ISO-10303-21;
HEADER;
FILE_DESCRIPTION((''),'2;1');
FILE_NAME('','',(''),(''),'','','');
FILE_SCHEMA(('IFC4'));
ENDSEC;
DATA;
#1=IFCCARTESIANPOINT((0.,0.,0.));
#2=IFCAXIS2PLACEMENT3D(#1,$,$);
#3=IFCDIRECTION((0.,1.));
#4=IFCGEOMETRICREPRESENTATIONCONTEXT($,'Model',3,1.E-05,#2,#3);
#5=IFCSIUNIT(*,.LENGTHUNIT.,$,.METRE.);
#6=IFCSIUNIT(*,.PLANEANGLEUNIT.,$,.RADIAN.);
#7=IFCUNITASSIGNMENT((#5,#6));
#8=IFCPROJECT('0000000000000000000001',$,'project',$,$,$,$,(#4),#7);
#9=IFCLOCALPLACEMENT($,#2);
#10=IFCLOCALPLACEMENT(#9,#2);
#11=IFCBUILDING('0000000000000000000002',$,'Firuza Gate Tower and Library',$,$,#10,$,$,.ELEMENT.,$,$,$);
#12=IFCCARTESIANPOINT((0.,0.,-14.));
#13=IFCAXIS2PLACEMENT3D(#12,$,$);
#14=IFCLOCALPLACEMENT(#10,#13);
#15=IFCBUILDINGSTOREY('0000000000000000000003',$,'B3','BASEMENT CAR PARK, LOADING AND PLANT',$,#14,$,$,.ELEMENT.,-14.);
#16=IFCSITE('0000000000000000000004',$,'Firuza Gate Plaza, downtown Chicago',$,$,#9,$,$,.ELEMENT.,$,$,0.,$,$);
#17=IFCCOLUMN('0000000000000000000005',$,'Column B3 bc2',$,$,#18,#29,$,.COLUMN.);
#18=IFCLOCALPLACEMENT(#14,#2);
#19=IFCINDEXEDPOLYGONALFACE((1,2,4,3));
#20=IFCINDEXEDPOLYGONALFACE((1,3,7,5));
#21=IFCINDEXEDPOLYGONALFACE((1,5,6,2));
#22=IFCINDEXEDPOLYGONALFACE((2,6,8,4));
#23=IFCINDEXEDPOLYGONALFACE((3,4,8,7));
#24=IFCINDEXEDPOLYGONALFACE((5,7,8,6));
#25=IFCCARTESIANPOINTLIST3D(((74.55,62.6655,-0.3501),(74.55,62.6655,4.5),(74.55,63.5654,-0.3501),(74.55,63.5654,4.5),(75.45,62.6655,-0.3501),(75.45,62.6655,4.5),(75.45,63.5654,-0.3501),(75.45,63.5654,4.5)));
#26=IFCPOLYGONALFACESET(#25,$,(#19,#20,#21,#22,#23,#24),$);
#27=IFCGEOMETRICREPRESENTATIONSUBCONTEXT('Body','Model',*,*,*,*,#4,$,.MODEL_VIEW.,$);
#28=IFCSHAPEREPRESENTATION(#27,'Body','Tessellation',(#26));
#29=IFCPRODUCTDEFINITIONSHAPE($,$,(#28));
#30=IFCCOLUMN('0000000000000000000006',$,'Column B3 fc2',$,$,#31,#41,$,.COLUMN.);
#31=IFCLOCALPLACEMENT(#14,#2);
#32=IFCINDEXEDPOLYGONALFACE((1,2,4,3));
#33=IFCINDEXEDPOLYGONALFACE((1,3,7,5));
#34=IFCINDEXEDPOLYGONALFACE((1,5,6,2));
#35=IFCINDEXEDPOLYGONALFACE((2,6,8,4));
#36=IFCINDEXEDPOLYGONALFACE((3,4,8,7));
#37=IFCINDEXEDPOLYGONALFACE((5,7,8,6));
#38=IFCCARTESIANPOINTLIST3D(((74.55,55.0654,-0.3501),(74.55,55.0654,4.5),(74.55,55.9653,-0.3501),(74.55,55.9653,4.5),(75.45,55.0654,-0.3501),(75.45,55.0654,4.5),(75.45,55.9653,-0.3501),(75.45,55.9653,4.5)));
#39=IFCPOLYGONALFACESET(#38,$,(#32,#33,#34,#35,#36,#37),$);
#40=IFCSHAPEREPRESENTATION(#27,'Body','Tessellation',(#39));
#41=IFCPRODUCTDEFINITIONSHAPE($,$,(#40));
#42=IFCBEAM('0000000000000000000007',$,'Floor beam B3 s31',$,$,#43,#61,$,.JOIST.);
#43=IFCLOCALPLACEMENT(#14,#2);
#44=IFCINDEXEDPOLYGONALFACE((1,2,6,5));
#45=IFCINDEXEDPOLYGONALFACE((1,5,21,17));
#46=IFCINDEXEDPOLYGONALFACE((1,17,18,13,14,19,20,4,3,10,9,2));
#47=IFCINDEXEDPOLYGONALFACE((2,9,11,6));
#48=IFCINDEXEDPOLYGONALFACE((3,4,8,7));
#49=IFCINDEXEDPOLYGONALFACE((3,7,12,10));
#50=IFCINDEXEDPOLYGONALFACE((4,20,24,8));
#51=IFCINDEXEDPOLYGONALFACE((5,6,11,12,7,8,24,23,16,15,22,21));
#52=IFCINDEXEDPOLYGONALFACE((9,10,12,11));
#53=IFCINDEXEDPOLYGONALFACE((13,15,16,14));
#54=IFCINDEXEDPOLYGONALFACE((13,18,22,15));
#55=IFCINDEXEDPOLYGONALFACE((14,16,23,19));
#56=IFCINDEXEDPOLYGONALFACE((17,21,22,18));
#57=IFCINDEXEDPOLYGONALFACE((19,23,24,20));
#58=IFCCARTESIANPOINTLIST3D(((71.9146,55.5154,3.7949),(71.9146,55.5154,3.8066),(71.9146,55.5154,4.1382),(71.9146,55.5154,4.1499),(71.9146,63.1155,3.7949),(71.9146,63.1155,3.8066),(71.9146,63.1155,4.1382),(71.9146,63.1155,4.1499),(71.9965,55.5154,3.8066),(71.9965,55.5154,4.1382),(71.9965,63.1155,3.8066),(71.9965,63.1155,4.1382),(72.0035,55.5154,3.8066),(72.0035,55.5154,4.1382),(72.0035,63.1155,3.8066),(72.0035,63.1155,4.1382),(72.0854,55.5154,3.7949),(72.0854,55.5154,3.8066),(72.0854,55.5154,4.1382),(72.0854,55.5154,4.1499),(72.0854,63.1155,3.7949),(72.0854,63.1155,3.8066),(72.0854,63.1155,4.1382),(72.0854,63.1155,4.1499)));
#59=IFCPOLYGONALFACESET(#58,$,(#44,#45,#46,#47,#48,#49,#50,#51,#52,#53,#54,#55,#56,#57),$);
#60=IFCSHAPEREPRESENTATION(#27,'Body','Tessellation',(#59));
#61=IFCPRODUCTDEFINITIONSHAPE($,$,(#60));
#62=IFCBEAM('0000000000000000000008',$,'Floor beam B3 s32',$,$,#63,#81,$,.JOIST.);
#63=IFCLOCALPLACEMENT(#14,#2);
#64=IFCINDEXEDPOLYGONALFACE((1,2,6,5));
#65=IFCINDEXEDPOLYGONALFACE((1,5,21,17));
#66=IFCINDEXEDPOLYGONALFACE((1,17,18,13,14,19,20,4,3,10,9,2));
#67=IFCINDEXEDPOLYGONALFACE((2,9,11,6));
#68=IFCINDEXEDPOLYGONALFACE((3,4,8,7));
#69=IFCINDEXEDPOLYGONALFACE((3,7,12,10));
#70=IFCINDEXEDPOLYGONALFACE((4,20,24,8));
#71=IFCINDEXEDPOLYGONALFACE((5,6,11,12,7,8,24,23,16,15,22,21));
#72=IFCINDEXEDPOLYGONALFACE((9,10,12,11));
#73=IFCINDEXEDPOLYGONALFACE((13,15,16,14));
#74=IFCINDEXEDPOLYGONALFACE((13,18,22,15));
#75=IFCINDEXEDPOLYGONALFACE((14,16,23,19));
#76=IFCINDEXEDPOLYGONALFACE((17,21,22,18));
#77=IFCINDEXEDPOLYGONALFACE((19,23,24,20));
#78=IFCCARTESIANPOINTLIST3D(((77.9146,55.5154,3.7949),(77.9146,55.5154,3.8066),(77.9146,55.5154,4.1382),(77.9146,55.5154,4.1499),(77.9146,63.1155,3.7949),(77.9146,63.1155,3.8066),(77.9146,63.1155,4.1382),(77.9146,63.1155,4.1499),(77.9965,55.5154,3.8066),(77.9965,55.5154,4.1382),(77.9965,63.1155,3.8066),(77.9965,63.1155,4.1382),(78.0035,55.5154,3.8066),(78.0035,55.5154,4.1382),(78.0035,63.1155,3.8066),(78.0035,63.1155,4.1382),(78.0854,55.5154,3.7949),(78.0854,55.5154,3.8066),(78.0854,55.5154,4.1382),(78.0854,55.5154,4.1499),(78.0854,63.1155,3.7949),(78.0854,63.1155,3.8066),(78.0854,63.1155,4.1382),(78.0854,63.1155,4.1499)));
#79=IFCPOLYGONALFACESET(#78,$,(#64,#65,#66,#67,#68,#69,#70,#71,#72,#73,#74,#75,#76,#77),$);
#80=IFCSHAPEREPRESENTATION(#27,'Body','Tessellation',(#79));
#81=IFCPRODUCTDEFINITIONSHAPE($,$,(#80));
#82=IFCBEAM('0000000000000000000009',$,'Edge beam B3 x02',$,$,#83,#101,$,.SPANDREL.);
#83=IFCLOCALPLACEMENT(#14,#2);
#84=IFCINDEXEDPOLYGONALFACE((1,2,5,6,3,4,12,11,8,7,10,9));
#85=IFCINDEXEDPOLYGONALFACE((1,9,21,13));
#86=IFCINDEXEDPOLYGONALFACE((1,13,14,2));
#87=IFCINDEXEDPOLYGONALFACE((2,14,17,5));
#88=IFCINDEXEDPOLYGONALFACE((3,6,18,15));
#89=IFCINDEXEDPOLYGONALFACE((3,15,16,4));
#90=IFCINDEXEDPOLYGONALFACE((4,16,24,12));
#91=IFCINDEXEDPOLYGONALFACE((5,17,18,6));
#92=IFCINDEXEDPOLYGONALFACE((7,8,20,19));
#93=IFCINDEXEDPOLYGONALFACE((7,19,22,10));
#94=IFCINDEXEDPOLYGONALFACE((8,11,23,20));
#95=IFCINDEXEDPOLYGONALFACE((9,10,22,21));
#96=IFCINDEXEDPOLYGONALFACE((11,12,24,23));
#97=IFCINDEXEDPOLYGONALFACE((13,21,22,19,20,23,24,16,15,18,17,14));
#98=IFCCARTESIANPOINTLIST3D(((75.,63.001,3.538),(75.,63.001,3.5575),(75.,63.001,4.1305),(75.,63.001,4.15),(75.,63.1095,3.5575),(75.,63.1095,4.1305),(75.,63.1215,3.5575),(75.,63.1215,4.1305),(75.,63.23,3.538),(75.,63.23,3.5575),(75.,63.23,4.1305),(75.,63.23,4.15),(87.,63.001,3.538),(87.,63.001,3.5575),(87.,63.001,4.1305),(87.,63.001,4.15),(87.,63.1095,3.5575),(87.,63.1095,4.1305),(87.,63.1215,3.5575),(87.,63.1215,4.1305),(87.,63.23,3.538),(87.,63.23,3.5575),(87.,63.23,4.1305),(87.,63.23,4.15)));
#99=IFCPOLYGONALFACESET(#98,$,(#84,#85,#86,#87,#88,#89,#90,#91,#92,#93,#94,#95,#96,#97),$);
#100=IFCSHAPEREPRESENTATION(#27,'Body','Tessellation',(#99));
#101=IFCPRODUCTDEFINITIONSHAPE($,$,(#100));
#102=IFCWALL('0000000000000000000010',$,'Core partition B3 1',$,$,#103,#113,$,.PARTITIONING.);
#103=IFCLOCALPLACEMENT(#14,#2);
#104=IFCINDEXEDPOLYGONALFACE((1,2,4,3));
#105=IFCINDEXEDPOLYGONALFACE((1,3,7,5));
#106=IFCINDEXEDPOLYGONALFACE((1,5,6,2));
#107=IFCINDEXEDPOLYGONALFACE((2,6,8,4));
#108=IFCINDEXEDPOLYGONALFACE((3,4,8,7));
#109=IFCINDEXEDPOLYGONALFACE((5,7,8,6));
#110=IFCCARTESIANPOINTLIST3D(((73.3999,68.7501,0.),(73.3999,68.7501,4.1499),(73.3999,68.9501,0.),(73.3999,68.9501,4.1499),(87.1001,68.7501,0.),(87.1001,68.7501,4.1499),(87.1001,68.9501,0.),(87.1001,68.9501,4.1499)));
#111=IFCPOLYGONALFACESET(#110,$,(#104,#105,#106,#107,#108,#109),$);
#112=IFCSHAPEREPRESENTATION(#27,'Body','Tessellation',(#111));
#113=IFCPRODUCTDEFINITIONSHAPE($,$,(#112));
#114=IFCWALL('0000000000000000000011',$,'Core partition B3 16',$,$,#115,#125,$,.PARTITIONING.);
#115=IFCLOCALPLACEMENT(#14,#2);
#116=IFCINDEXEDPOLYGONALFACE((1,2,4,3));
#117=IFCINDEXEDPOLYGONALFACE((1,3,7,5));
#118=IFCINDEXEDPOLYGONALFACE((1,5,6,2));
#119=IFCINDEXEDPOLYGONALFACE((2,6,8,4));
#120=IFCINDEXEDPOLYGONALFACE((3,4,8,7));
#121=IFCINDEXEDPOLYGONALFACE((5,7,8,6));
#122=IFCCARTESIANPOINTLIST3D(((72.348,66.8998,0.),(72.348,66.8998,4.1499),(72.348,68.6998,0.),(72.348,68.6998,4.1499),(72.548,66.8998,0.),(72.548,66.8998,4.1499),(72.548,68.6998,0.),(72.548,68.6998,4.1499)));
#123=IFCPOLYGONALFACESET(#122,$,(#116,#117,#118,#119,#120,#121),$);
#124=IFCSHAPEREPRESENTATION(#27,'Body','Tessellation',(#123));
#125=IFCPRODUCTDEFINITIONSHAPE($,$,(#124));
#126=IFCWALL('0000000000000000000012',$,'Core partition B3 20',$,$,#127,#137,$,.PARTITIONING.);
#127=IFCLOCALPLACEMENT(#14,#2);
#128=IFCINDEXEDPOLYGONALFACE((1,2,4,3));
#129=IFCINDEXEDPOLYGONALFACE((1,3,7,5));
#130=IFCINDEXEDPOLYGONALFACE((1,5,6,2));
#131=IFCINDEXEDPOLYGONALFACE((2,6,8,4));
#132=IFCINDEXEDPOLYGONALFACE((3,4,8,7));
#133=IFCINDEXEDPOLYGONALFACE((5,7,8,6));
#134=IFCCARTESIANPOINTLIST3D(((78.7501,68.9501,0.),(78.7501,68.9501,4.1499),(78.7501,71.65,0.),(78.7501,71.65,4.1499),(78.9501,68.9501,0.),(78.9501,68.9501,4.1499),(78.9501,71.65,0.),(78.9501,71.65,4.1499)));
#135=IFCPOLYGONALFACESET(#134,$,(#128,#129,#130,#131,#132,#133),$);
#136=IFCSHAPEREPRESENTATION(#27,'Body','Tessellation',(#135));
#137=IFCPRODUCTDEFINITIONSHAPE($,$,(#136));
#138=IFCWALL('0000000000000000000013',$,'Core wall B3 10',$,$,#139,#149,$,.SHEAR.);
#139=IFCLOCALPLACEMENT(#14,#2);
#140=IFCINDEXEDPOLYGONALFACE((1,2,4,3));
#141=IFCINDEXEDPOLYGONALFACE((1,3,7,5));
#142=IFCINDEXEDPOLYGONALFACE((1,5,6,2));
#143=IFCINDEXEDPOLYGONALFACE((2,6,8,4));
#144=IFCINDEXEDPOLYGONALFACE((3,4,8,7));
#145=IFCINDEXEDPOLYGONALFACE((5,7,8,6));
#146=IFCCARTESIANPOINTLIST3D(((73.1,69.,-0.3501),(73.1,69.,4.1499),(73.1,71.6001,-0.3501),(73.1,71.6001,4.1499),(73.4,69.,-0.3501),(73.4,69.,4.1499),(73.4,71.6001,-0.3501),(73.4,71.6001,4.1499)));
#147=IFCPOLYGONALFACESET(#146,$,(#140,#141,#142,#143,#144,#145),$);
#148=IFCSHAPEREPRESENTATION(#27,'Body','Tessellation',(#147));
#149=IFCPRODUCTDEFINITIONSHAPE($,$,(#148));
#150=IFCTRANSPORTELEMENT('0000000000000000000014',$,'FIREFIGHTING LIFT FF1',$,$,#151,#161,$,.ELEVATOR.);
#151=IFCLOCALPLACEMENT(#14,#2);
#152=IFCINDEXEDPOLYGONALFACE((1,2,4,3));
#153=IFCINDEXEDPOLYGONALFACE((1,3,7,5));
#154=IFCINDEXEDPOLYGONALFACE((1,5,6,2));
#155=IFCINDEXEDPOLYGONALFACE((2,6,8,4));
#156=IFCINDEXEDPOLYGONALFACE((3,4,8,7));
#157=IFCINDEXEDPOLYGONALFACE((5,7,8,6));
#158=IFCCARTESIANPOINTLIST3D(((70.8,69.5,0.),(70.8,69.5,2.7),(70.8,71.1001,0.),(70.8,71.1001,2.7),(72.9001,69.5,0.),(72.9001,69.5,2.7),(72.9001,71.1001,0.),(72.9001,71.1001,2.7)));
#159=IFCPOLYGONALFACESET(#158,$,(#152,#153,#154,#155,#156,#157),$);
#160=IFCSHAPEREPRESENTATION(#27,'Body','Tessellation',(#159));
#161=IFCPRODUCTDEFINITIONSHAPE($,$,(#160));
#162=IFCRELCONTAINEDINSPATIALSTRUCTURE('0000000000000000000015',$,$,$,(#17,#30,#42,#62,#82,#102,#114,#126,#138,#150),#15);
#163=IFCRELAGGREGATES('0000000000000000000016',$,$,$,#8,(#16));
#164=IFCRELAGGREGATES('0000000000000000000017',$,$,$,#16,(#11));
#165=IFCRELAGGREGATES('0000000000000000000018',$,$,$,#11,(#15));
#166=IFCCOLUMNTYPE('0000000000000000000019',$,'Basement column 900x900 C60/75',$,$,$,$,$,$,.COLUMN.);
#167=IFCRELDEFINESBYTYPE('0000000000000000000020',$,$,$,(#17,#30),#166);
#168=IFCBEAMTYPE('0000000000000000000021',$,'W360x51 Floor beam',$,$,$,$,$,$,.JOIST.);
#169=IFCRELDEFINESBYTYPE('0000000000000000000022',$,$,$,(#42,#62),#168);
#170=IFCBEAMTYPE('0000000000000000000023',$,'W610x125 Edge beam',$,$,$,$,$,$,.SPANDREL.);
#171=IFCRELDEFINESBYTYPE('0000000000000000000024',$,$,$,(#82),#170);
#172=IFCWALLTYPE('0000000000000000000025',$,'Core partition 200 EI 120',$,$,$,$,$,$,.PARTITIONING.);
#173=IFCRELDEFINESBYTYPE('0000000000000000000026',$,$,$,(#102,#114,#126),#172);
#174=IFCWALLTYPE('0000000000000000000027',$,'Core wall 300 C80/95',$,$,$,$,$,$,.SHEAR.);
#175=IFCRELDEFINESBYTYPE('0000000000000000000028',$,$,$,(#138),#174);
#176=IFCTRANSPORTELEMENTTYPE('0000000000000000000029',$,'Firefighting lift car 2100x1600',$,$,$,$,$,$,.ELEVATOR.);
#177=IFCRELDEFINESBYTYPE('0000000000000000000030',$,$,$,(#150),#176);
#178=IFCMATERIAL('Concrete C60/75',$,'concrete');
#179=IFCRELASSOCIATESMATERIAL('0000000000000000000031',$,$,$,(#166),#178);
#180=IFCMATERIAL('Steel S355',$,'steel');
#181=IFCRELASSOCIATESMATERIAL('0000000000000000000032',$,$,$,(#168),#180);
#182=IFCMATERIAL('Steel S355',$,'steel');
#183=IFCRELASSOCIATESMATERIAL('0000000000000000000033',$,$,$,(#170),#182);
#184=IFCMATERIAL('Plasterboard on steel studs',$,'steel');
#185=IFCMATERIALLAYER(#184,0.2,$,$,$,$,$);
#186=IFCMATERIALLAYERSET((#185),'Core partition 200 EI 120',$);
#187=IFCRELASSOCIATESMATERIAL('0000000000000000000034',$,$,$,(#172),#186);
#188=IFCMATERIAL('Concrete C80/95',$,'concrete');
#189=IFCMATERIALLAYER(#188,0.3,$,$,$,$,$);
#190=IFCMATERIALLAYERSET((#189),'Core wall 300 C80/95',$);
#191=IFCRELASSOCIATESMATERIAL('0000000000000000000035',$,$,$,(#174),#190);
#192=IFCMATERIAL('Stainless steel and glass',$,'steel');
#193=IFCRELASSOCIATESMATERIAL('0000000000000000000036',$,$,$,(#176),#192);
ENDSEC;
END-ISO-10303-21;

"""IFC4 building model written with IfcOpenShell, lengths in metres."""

from ifc_helpers import new_model, si_unit, direction, frame, frame_2d, origin, origin_2d, place, context, subcontext, project, spatial, rectangle, i_section, extrude, material, layer, layer_set, material_profile, profile_set, type_object, element, save


model = new_model("IFC4")

# Units and contexts
model_context = context("Model", 3, precision=1e-05, world=origin(), true_north=direction((0.0, 1.0)))
body_context = subcontext(model_context, "Body", "Model", "MODEL_VIEW")
ifc_project = project(units=[si_unit("LENGTHUNIT", "METRE"), si_unit("PLANEANGLEUNIT", "RADIAN")], contexts=[model_context])

# Site, building, storey
site_placement = place(None, origin())
site = spatial("IfcSite", under=ifc_project, at=site_placement, Name="Firuza Gate Plaza, downtown Chicago", CompositionType="ELEMENT", RefElevation=0.0)
building_placement = place(site_placement, origin())
building = spatial("IfcBuilding", under=site, at=building_placement, Name="Firuza Gate Tower and Library", CompositionType="ELEMENT")
storey_placement = place(building_placement, frame((0.0, 0.0, -14.0)))
storey = spatial("IfcBuildingStorey", under=building, at=storey_placement, Name="B3", Description="BASEMENT CAR PARK, LOADING AND PLANT", CompositionType="ELEMENT", Elevation=-14.0)

# Columns
ifc_material_1 = material(Name="Concrete C60/75", Category="concrete")
ifc_material_profile_1 = material_profile(ifc_material_1, rectangle(XDim=0.8999, YDim=0.8999, at=origin_2d()))
ifc_profile_set_1 = profile_set([ifc_material_profile_1], Name="Concrete C60/75")
column_type = type_object("IfcColumnType", Name="Basement column 900x900 C60/75", PredefinedType="COLUMN", material=ifc_profile_set_1)
for number, where, z_axis, x_axis, name in (
    (1, (75.0, 63.1155, -0.3501), (0.0, 0.0, 1.0), (1.0, 0.0, 0.0), "Column B3 bc2"),
    (2, (75.0, 55.5154, -0.3501), (0.0, 0.0, 1.0), (1.0, 0.0, 0.0), "Column B3 fc2"),
):
    element("IfcColumn", number, at=place(storey_placement, frame(where, z_axis=z_axis, x_axis=x_axis)), inside=storey, type_object=column_type, Name=name, PredefinedType="COLUMN", context=body_context, shape_type="SweptSolid", body=[
        extrude(rectangle(XDim=0.8999, YDim=0.8999, at=origin_2d()), origin(), (0.0, 0.0, 1.0), 4.8501),
    ])

# Beams
ifc_material_2 = material(Name="Steel S355", Category="steel")
ifc_material_profile_2 = material_profile(ifc_material_2, i_section(OverallWidth=0.1709, OverallDepth=0.355, WebThickness=0.0071, FlangeThickness=0.0117, at=origin_2d()))
ifc_profile_set_2 = profile_set([ifc_material_profile_2], Name="Steel S355")
beam_type_1 = type_object("IfcBeamType", Name="W360x51 Floor beam", PredefinedType="JOIST", material=ifc_profile_set_2)
for number, where, z_axis, x_axis, name in (
    (3, (72.0, 55.5154, 3.9724), (0.0, 1.0, 0.0), (-1.0, 0.0, 0.0), "Floor beam B3 s31"),
    (4, (78.0, 55.5154, 3.9724), (0.0, 1.0, 0.0), (-1.0, 0.0, 0.0), "Floor beam B3 s32"),
):
    element("IfcBeam", number, at=place(storey_placement, frame(where, z_axis=z_axis, x_axis=x_axis)), inside=storey, type_object=beam_type_1, Name=name, PredefinedType="JOIST", context=body_context, shape_type="SweptSolid", body=[
        extrude(i_section(OverallWidth=0.1709, OverallDepth=0.355, WebThickness=0.0071, FlangeThickness=0.0117, at=origin_2d()), origin(), (0.0, 0.0, 1.0), 7.6001),
    ])
ifc_material_3 = material(Name="Steel S355", Category="steel")
ifc_material_profile_3 = material_profile(ifc_material_3, i_section(OverallWidth=0.229, OverallDepth=0.6121, WebThickness=0.012, FlangeThickness=0.0195, at=origin_2d()))
ifc_profile_set_3 = profile_set([ifc_material_profile_3], Name="Steel S355")
beam_type_2 = type_object("IfcBeamType", Name="W610x125 Edge beam", PredefinedType="SPANDREL", material=ifc_profile_set_3)
beam_placement = place(storey_placement, frame((75.0, 63.1155, 3.844), z_axis=(1.0, 0.0, 0.0), x_axis=(0.0, 1.0, 0.0)))
element("IfcBeam", 5, at=beam_placement, inside=storey, type_object=beam_type_2, Name="Edge beam B3 x02", PredefinedType="SPANDREL", context=body_context, shape_type="SweptSolid", body=[
    extrude(i_section(OverallWidth=0.229, OverallDepth=0.6121, WebThickness=0.012, FlangeThickness=0.0195, at=origin_2d()), origin(), (0.0, 0.0, 1.0), 12.0),
])

# Walls
ifc_material_4 = material(Name="Plasterboard on steel studs", Category="steel")
ifc_layer_1 = layer(ifc_material_4, 0.2)
ifc_layer_set_1 = layer_set([ifc_layer_1], Name="Core partition 200 EI 120")
wall_type_1 = type_object("IfcWallType", Name="Core partition 200 EI 120", PredefinedType="PARTITIONING", material=ifc_layer_set_1)
wall_1_placement = place(storey_placement, frame((73.3999, 68.8501, 0.0), z_axis=(0.0, 0.0, 1.0), x_axis=(1.0, 0.0, 0.0)))
element("IfcWall", 6, at=wall_1_placement, inside=storey, type_object=wall_type_1, Name="Core partition B3 1", PredefinedType="PARTITIONING", context=body_context, shape_type="SweptSolid", body=[
    extrude(rectangle(XDim=13.7002, YDim=0.2, at=frame_2d((6.8501, 0.0))), origin(), (0.0, 0.0, 1.0), 4.1499),
])
wall_2_placement = place(storey_placement, frame((72.448, 66.8999, 0.0), z_axis=(0.0, 0.0, 1.0), x_axis=(0.0, 1.0, 0.0)))
element("IfcWall", 7, at=wall_2_placement, inside=storey, type_object=wall_type_1, Name="Core partition B3 16", PredefinedType="PARTITIONING", context=body_context, shape_type="SweptSolid", body=[
    extrude(rectangle(XDim=1.8, YDim=0.2, at=frame_2d((0.8999, 0.0))), origin(), (0.0, 0.0, 1.0), 4.1499),
])
wall_3_placement = place(storey_placement, frame((78.8501, 68.95, 0.0), z_axis=(0.0, 0.0, 1.0), x_axis=(0.0, 1.0, 0.0)))
element("IfcWall", 8, at=wall_3_placement, inside=storey, type_object=wall_type_1, Name="Core partition B3 20", PredefinedType="PARTITIONING", context=body_context, shape_type="SweptSolid", body=[
    extrude(rectangle(XDim=2.7, YDim=0.2, at=frame_2d((1.3501, 0.0))), origin(), (0.0, 0.0, 1.0), 4.1499),
])
ifc_material_5 = material(Name="Concrete C80/95", Category="concrete")
ifc_layer_2 = layer(ifc_material_5, 0.3)
ifc_layer_set_2 = layer_set([ifc_layer_2], Name="Core wall 300 C80/95")
wall_type_2 = type_object("IfcWallType", Name="Core wall 300 C80/95", PredefinedType="SHEAR", material=ifc_layer_set_2)
wall_4_placement = place(storey_placement, frame((73.25, 69.0, -0.3501), z_axis=(0.0, 0.0, 1.0), x_axis=(0.0, 1.0, 0.0)))
element("IfcWall", 9, at=wall_4_placement, inside=storey, type_object=wall_type_2, Name="Core wall B3 10", PredefinedType="SHEAR", context=body_context, shape_type="SweptSolid", body=[
    extrude(rectangle(XDim=2.6001, YDim=0.3, at=frame_2d((1.3, 0.0))), origin(), (0.0, 0.0, 1.0), 4.5),
])

# Transport element
ifc_material_6 = material(Name="Stainless steel and glass", Category="steel")
transport_element_type = type_object("IfcTransportElementType", Name="Firefighting lift car 2100x1600", PredefinedType="ELEVATOR", material=ifc_material_6)
transport_element_placement = place(storey_placement, frame((71.8501, 70.3, 0.0), z_axis=(0.0, 0.0, 1.0), x_axis=(1.0, 0.0, 0.0)))
element("IfcTransportElement", 10, at=transport_element_placement, inside=storey, type_object=transport_element_type, Name="FIREFIGHTING LIFT FF1", PredefinedType="ELEVATOR", context=body_context, shape_type="SweptSolid", body=[
    extrude(rectangle(XDim=2.1001, YDim=1.6001, at=origin_2d()), origin(), (0.0, 0.0, 1.0), 2.7),
])

save(model, "model.ifc")
